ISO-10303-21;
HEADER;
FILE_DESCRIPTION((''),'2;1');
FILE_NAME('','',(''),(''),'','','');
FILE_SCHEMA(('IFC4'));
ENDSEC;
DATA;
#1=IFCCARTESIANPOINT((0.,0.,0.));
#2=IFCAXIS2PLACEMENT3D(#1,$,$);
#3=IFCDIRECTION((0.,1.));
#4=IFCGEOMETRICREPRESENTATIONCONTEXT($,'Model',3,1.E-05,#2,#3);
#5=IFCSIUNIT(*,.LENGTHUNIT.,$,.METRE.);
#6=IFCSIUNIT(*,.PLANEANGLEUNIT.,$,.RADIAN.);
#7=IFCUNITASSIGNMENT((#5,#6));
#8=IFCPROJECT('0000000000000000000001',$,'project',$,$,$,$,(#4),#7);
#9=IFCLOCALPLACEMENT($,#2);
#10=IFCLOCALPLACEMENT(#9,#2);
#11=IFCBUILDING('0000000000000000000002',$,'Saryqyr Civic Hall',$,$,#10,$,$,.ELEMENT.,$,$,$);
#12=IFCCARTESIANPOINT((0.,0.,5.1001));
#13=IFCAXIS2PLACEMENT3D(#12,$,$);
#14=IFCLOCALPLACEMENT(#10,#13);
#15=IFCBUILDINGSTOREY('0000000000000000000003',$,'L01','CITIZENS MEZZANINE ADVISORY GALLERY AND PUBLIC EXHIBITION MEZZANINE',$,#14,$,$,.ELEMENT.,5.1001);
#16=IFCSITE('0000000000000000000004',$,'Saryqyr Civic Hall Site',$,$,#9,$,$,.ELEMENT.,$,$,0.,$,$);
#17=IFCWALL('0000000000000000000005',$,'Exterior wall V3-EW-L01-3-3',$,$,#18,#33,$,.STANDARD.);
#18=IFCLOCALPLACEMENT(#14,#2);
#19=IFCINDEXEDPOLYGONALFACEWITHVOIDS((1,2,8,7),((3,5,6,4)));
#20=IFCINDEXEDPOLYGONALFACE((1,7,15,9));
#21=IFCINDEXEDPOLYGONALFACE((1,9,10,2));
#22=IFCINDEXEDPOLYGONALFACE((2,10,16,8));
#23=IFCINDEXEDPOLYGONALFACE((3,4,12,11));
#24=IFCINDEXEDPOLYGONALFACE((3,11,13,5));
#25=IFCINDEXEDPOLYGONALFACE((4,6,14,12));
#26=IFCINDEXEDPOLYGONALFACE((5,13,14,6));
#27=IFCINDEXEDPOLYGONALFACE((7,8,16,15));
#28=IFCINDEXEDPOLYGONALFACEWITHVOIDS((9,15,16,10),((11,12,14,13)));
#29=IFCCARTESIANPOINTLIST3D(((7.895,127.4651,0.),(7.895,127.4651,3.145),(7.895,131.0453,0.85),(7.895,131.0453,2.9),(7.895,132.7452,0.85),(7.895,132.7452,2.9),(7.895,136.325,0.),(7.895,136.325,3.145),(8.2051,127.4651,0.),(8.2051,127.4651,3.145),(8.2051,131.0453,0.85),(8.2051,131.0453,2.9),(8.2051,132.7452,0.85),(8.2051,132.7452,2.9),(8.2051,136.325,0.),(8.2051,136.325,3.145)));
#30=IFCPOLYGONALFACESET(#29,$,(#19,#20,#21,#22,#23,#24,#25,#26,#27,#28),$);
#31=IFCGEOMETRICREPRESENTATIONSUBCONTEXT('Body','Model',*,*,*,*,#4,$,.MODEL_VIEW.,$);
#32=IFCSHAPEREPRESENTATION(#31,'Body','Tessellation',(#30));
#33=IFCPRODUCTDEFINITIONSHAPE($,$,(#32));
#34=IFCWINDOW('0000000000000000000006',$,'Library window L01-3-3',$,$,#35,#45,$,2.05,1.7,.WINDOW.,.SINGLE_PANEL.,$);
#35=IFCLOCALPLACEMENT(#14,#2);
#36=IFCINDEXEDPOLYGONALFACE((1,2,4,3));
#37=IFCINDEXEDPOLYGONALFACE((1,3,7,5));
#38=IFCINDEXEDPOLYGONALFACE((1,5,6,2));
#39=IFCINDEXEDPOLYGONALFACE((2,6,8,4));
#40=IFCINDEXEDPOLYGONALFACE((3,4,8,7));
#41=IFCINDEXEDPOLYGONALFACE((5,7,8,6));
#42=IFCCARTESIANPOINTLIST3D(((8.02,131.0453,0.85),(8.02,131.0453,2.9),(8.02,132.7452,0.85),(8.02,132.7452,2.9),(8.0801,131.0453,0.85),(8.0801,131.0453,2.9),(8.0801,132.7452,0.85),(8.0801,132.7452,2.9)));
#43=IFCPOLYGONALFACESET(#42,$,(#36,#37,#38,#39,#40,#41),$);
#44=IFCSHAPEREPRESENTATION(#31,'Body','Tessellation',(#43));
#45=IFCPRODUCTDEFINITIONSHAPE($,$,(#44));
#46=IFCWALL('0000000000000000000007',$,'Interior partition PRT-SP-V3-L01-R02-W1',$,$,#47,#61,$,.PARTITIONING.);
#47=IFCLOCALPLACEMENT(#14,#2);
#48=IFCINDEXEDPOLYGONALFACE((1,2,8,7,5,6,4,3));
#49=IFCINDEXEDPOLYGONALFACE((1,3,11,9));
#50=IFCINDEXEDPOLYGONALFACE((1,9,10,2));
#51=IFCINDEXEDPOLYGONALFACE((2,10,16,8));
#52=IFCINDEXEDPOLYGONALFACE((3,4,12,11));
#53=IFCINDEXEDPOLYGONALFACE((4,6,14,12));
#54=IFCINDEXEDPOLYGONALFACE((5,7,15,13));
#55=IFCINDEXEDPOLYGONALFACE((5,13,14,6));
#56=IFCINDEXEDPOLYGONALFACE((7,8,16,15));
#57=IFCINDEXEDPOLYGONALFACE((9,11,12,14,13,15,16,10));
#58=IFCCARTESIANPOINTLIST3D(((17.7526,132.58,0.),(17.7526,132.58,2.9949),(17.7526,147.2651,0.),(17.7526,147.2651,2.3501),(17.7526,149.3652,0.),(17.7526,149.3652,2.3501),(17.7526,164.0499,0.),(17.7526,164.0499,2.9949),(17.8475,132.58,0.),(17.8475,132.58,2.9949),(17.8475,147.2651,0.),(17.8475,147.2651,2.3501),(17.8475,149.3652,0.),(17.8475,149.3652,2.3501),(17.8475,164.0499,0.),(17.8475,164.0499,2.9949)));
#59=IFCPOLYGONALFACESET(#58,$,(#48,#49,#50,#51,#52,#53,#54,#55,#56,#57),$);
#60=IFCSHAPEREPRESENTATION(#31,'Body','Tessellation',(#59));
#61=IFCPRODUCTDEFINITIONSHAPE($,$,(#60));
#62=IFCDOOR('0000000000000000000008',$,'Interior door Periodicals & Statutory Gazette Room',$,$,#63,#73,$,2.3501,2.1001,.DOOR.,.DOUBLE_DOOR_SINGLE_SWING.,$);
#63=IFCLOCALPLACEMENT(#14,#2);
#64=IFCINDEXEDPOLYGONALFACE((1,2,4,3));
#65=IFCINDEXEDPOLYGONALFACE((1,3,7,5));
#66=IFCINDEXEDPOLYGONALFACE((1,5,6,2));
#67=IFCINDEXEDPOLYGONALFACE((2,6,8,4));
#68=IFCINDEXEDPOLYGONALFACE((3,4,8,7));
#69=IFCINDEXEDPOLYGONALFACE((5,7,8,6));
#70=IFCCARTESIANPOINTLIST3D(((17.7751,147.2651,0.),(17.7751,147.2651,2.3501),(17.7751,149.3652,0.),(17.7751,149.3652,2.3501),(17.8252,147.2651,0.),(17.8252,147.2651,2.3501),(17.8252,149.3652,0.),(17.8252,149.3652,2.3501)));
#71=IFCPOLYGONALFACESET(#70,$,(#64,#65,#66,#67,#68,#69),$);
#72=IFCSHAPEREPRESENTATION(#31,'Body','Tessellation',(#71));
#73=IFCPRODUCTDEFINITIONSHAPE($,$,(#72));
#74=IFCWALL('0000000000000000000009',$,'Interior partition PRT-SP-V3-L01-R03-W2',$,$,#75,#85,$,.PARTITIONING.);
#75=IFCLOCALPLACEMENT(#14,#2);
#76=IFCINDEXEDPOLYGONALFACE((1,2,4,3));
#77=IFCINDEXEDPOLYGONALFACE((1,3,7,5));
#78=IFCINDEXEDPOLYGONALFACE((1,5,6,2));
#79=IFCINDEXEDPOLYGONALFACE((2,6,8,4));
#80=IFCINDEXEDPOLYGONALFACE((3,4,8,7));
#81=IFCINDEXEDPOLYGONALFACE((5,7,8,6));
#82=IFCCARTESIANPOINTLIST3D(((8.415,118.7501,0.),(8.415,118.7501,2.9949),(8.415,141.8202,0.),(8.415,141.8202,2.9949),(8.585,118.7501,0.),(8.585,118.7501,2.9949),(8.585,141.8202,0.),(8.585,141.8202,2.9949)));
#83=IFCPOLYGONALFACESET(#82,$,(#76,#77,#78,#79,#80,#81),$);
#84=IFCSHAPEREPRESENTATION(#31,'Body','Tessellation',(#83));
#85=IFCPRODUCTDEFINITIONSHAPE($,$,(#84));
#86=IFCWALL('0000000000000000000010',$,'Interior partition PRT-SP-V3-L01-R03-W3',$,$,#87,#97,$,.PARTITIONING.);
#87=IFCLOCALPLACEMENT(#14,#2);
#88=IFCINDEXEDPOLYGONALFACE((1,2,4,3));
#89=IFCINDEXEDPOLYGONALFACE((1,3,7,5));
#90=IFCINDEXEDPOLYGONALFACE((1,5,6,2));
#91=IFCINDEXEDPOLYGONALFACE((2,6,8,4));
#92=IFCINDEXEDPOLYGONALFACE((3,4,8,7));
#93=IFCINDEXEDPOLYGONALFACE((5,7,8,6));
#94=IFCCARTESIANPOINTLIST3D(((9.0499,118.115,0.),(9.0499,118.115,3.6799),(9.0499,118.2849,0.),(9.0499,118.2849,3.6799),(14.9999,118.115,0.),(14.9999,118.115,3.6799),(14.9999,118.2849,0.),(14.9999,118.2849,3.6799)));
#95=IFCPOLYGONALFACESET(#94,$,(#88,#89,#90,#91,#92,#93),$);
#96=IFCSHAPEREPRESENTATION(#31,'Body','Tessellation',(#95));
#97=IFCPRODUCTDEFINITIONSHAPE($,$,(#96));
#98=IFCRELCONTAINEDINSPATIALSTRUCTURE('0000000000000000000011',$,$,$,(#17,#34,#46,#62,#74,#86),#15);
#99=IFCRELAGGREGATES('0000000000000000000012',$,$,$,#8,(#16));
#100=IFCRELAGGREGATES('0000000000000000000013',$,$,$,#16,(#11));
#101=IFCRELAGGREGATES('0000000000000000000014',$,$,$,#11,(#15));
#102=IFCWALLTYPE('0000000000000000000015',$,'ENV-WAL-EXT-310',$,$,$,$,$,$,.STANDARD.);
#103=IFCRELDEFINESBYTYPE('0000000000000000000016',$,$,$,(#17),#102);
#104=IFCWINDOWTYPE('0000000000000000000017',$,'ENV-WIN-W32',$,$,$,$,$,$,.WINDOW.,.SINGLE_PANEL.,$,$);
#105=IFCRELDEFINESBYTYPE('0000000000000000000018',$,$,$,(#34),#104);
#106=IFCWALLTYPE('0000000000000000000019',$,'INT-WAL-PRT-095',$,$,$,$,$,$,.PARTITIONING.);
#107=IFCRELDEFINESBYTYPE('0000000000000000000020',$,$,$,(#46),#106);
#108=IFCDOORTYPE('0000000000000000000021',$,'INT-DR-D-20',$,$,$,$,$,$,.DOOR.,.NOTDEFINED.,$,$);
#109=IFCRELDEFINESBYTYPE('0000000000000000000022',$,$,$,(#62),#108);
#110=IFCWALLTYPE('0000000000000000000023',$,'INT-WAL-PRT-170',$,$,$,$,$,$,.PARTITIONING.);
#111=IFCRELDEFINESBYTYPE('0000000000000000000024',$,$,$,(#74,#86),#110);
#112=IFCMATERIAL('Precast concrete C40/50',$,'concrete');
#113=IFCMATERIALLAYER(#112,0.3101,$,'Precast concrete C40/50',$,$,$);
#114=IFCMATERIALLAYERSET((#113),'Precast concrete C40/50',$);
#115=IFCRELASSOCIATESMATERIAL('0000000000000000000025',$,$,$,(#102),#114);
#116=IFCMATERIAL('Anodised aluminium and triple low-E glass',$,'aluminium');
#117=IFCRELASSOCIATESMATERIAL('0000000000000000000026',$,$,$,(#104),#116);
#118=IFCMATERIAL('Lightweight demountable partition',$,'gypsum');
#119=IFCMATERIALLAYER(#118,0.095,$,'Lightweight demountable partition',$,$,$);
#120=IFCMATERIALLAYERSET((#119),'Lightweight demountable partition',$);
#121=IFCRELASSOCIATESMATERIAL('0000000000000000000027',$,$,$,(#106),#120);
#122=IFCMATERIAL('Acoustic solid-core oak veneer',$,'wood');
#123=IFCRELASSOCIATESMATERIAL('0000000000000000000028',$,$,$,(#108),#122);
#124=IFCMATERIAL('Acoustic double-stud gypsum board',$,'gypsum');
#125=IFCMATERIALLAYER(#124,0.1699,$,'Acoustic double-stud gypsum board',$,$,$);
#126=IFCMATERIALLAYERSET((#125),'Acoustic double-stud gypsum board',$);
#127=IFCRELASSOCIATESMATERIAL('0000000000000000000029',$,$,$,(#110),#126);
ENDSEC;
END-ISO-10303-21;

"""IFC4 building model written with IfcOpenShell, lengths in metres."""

from ifc_helpers import new_model, si_unit, direction, frame, frame_2d, origin, place, context, subcontext, project, spatial, rectangle, extrude, material, layer, layer_set, type_object, element, fill, save


model = new_model("IFC4")

# Units and contexts
model_context = context("Model", 3, precision=1e-05, world=origin(), true_north=direction((0.0, 1.0)))
body_context = subcontext(model_context, "Body", "Model", "MODEL_VIEW")
ifc_project = project(units=[si_unit("LENGTHUNIT", "METRE"), si_unit("PLANEANGLEUNIT", "RADIAN")], contexts=[model_context])

# Site, building, storey
site_placement = place(None, origin())
site = spatial("IfcSite", under=ifc_project, at=site_placement, Name="Saryqyr Civic Hall Site", CompositionType="ELEMENT", RefElevation=0.0)
building_placement = place(site_placement, origin())
building = spatial("IfcBuilding", under=site, at=building_placement, Name="Saryqyr Civic Hall", CompositionType="ELEMENT")
storey_placement = place(building_placement, frame((0.0, 0.0, 5.1001)))
storey = spatial("IfcBuildingStorey", under=building, at=storey_placement, Name="L01", Description="CITIZENS MEZZANINE ADVISORY GALLERY AND PUBLIC EXHIBITION MEZZANINE", CompositionType="ELEMENT", Elevation=5.1001)

# Wall, opening, window
ifc_material_1 = material(Name="Precast concrete C40/50", Category="concrete")
ifc_layer_1 = layer(ifc_material_1, 0.3101, Name="Precast concrete C40/50")
ifc_layer_set_1 = layer_set([ifc_layer_1], Name="Precast concrete C40/50")
wall_type_1 = type_object("IfcWallType", Name="ENV-WAL-EXT-310", PredefinedType="STANDARD", material=ifc_layer_set_1)
ifc_material_2 = material(Name="Anodised aluminium and triple low-E glass", Category="aluminium")
wall_1_placement = place(storey_placement, frame((8.05, 127.4651, 0.0), z_axis=(0.0, 0.0, 1.0), x_axis=(0.0, 1.0, 0.0)))
wall_1 = element("IfcWall", 1, at=wall_1_placement, inside=storey, type_object=wall_type_1, Name="Exterior wall V3-EW-L01-3-3", PredefinedType="STANDARD", context=body_context, shape_type="SweptSolid", body=[
    extrude(rectangle(XDim=8.8599, YDim=0.3101, at=frame_2d((4.4299, 0.0))), origin(), (0.0, 0.0, 1.0), 3.145),
])
opening_1_placement = place(wall_1_placement, frame((3.5801, 0.0, 0.8501)))
opening_1 = element("IfcOpeningElement", 2, at=opening_1_placement, cuts=wall_1, PredefinedType="OPENING", context=body_context, shape_type="SweptSolid", body=[
    extrude(rectangle(XDim=1.7, YDim=2.05, at=frame_2d((0.8501, 1.0249))), frame((0.0, 0.165, 0.0), z_axis=(0.0, -1.0, 0.0), x_axis=(1.0, 0.0, 0.0)), (0.0, 0.0, 1.0), 0.3301),
])
window_type_1 = type_object("IfcWindowType", Name="ENV-WIN-W32", PartitioningType="SINGLE_PANEL", PredefinedType="WINDOW", material=ifc_material_2)
window_1_placement = place(opening_1_placement, origin())
window_1 = element("IfcWindow", 3, at=window_1_placement, inside=storey, type_object=window_type_1, Name="Library window L01-3-3", OverallHeight=2.05, OverallWidth=1.7, PartitioningType="SINGLE_PANEL", PredefinedType="WINDOW", context=body_context, shape_type="SweptSolid", body=[
    extrude(rectangle(XDim=1.7, YDim=2.05, at=frame_2d((0.8501, 1.0249))), frame((0.0, 0.03, 0.0), z_axis=(0.0, -1.0, 0.0), x_axis=(1.0, 0.0, 0.0)), (0.0, 0.0, 1.0), 0.0601),
])
fill(opening_1, window_1)

# Wall, opening, door
ifc_material_3 = material(Name="Lightweight demountable partition", Category="gypsum")
ifc_layer_2 = layer(ifc_material_3, 0.095, Name="Lightweight demountable partition")
ifc_layer_set_2 = layer_set([ifc_layer_2], Name="Lightweight demountable partition")
wall_type_2 = type_object("IfcWallType", Name="INT-WAL-PRT-095", PredefinedType="PARTITIONING", material=ifc_layer_set_2)
wall_2_placement = place(storey_placement, frame((17.8, 132.5801, 0.0), z_axis=(0.0, 0.0, 1.0), x_axis=(0.0, 1.0, 0.0)))
wall_2 = element("IfcWall", 4, at=wall_2_placement, inside=storey, type_object=wall_type_2, Name="Interior partition PRT-SP-V3-L01-R02-W1", PredefinedType="PARTITIONING", context=body_context, shape_type="SweptSolid", body=[
    extrude(rectangle(XDim=31.47, YDim=0.095, at=frame_2d((15.7349, 0.0))), origin(), (0.0, 0.0, 1.0), 2.9949),
])
opening_2_placement = place(wall_2_placement, frame((14.6851, 0.0, 0.0)))
opening_2 = element("IfcOpeningElement", 5, at=opening_2_placement, cuts=wall_2, PredefinedType="OPENING", context=body_context, shape_type="SweptSolid", body=[
    extrude(rectangle(XDim=2.1001, YDim=2.3501, at=frame_2d((1.05, 1.175))), frame((0.0, 0.0574, 0.0), z_axis=(0.0, -1.0, 0.0), x_axis=(1.0, 0.0, 0.0)), (0.0, 0.0, 1.0), 0.115),
])
ifc_material_4 = material(Name="Acoustic solid-core oak veneer", Category="wood")
door_type = type_object("IfcDoorType", Name="INT-DR-D-20", OperationType="NOTDEFINED", PredefinedType="DOOR", material=ifc_material_4)
door_placement = place(opening_2_placement, origin())
door = element("IfcDoor", 6, at=door_placement, inside=storey, type_object=door_type, Name="Interior door Periodicals & Statutory Gazette Room", OperationType="DOUBLE_DOOR_SINGLE_SWING", OverallHeight=2.3501, OverallWidth=2.1001, PredefinedType="DOOR", context=body_context, shape_type="SweptSolid", body=[
    extrude(rectangle(XDim=2.1001, YDim=2.3501, at=frame_2d((1.05, 1.175))), frame((0.0, 0.0249, 0.0), z_axis=(0.0, -1.0, 0.0), x_axis=(1.0, 0.0, 0.0)), (0.0, 0.0, 1.0), 0.05),
])
fill(opening_2, door)

# Walls
ifc_material_5 = material(Name="Acoustic double-stud gypsum board", Category="gypsum")
ifc_layer_3 = layer(ifc_material_5, 0.1699, Name="Acoustic double-stud gypsum board")
ifc_layer_set_3 = layer_set([ifc_layer_3], Name="Acoustic double-stud gypsum board")
wall_type_3 = type_object("IfcWallType", Name="INT-WAL-PRT-170", PredefinedType="PARTITIONING", material=ifc_layer_set_3)
wall_3_placement = place(storey_placement, frame((8.5, 118.75, 0.0), z_axis=(0.0, 0.0, 1.0), x_axis=(0.0, 1.0, 0.0)))
element("IfcWall", 7, at=wall_3_placement, inside=storey, type_object=wall_type_3, Name="Interior partition PRT-SP-V3-L01-R03-W2", PredefinedType="PARTITIONING", context=body_context, shape_type="SweptSolid", body=[
    extrude(rectangle(XDim=23.0701, YDim=0.1699, at=frame_2d((11.5352, 0.0))), origin(), (0.0, 0.0, 1.0), 2.9949),
])
wall_4_placement = place(storey_placement, frame((15.0, 118.2, 0.0), z_axis=(0.0, 0.0, 1.0), x_axis=(-1.0, 0.0, 0.0)))
element("IfcWall", 8, at=wall_4_placement, inside=storey, type_object=wall_type_3, Name="Interior partition PRT-SP-V3-L01-R03-W3", PredefinedType="PARTITIONING", context=body_context, shape_type="SweptSolid", body=[
    extrude(rectangle(XDim=5.95, YDim=0.1699, at=frame_2d((2.9751, 0.0))), origin(), (0.0, 0.0, 1.0), 3.6799),
])

save(model, "model.ifc")
